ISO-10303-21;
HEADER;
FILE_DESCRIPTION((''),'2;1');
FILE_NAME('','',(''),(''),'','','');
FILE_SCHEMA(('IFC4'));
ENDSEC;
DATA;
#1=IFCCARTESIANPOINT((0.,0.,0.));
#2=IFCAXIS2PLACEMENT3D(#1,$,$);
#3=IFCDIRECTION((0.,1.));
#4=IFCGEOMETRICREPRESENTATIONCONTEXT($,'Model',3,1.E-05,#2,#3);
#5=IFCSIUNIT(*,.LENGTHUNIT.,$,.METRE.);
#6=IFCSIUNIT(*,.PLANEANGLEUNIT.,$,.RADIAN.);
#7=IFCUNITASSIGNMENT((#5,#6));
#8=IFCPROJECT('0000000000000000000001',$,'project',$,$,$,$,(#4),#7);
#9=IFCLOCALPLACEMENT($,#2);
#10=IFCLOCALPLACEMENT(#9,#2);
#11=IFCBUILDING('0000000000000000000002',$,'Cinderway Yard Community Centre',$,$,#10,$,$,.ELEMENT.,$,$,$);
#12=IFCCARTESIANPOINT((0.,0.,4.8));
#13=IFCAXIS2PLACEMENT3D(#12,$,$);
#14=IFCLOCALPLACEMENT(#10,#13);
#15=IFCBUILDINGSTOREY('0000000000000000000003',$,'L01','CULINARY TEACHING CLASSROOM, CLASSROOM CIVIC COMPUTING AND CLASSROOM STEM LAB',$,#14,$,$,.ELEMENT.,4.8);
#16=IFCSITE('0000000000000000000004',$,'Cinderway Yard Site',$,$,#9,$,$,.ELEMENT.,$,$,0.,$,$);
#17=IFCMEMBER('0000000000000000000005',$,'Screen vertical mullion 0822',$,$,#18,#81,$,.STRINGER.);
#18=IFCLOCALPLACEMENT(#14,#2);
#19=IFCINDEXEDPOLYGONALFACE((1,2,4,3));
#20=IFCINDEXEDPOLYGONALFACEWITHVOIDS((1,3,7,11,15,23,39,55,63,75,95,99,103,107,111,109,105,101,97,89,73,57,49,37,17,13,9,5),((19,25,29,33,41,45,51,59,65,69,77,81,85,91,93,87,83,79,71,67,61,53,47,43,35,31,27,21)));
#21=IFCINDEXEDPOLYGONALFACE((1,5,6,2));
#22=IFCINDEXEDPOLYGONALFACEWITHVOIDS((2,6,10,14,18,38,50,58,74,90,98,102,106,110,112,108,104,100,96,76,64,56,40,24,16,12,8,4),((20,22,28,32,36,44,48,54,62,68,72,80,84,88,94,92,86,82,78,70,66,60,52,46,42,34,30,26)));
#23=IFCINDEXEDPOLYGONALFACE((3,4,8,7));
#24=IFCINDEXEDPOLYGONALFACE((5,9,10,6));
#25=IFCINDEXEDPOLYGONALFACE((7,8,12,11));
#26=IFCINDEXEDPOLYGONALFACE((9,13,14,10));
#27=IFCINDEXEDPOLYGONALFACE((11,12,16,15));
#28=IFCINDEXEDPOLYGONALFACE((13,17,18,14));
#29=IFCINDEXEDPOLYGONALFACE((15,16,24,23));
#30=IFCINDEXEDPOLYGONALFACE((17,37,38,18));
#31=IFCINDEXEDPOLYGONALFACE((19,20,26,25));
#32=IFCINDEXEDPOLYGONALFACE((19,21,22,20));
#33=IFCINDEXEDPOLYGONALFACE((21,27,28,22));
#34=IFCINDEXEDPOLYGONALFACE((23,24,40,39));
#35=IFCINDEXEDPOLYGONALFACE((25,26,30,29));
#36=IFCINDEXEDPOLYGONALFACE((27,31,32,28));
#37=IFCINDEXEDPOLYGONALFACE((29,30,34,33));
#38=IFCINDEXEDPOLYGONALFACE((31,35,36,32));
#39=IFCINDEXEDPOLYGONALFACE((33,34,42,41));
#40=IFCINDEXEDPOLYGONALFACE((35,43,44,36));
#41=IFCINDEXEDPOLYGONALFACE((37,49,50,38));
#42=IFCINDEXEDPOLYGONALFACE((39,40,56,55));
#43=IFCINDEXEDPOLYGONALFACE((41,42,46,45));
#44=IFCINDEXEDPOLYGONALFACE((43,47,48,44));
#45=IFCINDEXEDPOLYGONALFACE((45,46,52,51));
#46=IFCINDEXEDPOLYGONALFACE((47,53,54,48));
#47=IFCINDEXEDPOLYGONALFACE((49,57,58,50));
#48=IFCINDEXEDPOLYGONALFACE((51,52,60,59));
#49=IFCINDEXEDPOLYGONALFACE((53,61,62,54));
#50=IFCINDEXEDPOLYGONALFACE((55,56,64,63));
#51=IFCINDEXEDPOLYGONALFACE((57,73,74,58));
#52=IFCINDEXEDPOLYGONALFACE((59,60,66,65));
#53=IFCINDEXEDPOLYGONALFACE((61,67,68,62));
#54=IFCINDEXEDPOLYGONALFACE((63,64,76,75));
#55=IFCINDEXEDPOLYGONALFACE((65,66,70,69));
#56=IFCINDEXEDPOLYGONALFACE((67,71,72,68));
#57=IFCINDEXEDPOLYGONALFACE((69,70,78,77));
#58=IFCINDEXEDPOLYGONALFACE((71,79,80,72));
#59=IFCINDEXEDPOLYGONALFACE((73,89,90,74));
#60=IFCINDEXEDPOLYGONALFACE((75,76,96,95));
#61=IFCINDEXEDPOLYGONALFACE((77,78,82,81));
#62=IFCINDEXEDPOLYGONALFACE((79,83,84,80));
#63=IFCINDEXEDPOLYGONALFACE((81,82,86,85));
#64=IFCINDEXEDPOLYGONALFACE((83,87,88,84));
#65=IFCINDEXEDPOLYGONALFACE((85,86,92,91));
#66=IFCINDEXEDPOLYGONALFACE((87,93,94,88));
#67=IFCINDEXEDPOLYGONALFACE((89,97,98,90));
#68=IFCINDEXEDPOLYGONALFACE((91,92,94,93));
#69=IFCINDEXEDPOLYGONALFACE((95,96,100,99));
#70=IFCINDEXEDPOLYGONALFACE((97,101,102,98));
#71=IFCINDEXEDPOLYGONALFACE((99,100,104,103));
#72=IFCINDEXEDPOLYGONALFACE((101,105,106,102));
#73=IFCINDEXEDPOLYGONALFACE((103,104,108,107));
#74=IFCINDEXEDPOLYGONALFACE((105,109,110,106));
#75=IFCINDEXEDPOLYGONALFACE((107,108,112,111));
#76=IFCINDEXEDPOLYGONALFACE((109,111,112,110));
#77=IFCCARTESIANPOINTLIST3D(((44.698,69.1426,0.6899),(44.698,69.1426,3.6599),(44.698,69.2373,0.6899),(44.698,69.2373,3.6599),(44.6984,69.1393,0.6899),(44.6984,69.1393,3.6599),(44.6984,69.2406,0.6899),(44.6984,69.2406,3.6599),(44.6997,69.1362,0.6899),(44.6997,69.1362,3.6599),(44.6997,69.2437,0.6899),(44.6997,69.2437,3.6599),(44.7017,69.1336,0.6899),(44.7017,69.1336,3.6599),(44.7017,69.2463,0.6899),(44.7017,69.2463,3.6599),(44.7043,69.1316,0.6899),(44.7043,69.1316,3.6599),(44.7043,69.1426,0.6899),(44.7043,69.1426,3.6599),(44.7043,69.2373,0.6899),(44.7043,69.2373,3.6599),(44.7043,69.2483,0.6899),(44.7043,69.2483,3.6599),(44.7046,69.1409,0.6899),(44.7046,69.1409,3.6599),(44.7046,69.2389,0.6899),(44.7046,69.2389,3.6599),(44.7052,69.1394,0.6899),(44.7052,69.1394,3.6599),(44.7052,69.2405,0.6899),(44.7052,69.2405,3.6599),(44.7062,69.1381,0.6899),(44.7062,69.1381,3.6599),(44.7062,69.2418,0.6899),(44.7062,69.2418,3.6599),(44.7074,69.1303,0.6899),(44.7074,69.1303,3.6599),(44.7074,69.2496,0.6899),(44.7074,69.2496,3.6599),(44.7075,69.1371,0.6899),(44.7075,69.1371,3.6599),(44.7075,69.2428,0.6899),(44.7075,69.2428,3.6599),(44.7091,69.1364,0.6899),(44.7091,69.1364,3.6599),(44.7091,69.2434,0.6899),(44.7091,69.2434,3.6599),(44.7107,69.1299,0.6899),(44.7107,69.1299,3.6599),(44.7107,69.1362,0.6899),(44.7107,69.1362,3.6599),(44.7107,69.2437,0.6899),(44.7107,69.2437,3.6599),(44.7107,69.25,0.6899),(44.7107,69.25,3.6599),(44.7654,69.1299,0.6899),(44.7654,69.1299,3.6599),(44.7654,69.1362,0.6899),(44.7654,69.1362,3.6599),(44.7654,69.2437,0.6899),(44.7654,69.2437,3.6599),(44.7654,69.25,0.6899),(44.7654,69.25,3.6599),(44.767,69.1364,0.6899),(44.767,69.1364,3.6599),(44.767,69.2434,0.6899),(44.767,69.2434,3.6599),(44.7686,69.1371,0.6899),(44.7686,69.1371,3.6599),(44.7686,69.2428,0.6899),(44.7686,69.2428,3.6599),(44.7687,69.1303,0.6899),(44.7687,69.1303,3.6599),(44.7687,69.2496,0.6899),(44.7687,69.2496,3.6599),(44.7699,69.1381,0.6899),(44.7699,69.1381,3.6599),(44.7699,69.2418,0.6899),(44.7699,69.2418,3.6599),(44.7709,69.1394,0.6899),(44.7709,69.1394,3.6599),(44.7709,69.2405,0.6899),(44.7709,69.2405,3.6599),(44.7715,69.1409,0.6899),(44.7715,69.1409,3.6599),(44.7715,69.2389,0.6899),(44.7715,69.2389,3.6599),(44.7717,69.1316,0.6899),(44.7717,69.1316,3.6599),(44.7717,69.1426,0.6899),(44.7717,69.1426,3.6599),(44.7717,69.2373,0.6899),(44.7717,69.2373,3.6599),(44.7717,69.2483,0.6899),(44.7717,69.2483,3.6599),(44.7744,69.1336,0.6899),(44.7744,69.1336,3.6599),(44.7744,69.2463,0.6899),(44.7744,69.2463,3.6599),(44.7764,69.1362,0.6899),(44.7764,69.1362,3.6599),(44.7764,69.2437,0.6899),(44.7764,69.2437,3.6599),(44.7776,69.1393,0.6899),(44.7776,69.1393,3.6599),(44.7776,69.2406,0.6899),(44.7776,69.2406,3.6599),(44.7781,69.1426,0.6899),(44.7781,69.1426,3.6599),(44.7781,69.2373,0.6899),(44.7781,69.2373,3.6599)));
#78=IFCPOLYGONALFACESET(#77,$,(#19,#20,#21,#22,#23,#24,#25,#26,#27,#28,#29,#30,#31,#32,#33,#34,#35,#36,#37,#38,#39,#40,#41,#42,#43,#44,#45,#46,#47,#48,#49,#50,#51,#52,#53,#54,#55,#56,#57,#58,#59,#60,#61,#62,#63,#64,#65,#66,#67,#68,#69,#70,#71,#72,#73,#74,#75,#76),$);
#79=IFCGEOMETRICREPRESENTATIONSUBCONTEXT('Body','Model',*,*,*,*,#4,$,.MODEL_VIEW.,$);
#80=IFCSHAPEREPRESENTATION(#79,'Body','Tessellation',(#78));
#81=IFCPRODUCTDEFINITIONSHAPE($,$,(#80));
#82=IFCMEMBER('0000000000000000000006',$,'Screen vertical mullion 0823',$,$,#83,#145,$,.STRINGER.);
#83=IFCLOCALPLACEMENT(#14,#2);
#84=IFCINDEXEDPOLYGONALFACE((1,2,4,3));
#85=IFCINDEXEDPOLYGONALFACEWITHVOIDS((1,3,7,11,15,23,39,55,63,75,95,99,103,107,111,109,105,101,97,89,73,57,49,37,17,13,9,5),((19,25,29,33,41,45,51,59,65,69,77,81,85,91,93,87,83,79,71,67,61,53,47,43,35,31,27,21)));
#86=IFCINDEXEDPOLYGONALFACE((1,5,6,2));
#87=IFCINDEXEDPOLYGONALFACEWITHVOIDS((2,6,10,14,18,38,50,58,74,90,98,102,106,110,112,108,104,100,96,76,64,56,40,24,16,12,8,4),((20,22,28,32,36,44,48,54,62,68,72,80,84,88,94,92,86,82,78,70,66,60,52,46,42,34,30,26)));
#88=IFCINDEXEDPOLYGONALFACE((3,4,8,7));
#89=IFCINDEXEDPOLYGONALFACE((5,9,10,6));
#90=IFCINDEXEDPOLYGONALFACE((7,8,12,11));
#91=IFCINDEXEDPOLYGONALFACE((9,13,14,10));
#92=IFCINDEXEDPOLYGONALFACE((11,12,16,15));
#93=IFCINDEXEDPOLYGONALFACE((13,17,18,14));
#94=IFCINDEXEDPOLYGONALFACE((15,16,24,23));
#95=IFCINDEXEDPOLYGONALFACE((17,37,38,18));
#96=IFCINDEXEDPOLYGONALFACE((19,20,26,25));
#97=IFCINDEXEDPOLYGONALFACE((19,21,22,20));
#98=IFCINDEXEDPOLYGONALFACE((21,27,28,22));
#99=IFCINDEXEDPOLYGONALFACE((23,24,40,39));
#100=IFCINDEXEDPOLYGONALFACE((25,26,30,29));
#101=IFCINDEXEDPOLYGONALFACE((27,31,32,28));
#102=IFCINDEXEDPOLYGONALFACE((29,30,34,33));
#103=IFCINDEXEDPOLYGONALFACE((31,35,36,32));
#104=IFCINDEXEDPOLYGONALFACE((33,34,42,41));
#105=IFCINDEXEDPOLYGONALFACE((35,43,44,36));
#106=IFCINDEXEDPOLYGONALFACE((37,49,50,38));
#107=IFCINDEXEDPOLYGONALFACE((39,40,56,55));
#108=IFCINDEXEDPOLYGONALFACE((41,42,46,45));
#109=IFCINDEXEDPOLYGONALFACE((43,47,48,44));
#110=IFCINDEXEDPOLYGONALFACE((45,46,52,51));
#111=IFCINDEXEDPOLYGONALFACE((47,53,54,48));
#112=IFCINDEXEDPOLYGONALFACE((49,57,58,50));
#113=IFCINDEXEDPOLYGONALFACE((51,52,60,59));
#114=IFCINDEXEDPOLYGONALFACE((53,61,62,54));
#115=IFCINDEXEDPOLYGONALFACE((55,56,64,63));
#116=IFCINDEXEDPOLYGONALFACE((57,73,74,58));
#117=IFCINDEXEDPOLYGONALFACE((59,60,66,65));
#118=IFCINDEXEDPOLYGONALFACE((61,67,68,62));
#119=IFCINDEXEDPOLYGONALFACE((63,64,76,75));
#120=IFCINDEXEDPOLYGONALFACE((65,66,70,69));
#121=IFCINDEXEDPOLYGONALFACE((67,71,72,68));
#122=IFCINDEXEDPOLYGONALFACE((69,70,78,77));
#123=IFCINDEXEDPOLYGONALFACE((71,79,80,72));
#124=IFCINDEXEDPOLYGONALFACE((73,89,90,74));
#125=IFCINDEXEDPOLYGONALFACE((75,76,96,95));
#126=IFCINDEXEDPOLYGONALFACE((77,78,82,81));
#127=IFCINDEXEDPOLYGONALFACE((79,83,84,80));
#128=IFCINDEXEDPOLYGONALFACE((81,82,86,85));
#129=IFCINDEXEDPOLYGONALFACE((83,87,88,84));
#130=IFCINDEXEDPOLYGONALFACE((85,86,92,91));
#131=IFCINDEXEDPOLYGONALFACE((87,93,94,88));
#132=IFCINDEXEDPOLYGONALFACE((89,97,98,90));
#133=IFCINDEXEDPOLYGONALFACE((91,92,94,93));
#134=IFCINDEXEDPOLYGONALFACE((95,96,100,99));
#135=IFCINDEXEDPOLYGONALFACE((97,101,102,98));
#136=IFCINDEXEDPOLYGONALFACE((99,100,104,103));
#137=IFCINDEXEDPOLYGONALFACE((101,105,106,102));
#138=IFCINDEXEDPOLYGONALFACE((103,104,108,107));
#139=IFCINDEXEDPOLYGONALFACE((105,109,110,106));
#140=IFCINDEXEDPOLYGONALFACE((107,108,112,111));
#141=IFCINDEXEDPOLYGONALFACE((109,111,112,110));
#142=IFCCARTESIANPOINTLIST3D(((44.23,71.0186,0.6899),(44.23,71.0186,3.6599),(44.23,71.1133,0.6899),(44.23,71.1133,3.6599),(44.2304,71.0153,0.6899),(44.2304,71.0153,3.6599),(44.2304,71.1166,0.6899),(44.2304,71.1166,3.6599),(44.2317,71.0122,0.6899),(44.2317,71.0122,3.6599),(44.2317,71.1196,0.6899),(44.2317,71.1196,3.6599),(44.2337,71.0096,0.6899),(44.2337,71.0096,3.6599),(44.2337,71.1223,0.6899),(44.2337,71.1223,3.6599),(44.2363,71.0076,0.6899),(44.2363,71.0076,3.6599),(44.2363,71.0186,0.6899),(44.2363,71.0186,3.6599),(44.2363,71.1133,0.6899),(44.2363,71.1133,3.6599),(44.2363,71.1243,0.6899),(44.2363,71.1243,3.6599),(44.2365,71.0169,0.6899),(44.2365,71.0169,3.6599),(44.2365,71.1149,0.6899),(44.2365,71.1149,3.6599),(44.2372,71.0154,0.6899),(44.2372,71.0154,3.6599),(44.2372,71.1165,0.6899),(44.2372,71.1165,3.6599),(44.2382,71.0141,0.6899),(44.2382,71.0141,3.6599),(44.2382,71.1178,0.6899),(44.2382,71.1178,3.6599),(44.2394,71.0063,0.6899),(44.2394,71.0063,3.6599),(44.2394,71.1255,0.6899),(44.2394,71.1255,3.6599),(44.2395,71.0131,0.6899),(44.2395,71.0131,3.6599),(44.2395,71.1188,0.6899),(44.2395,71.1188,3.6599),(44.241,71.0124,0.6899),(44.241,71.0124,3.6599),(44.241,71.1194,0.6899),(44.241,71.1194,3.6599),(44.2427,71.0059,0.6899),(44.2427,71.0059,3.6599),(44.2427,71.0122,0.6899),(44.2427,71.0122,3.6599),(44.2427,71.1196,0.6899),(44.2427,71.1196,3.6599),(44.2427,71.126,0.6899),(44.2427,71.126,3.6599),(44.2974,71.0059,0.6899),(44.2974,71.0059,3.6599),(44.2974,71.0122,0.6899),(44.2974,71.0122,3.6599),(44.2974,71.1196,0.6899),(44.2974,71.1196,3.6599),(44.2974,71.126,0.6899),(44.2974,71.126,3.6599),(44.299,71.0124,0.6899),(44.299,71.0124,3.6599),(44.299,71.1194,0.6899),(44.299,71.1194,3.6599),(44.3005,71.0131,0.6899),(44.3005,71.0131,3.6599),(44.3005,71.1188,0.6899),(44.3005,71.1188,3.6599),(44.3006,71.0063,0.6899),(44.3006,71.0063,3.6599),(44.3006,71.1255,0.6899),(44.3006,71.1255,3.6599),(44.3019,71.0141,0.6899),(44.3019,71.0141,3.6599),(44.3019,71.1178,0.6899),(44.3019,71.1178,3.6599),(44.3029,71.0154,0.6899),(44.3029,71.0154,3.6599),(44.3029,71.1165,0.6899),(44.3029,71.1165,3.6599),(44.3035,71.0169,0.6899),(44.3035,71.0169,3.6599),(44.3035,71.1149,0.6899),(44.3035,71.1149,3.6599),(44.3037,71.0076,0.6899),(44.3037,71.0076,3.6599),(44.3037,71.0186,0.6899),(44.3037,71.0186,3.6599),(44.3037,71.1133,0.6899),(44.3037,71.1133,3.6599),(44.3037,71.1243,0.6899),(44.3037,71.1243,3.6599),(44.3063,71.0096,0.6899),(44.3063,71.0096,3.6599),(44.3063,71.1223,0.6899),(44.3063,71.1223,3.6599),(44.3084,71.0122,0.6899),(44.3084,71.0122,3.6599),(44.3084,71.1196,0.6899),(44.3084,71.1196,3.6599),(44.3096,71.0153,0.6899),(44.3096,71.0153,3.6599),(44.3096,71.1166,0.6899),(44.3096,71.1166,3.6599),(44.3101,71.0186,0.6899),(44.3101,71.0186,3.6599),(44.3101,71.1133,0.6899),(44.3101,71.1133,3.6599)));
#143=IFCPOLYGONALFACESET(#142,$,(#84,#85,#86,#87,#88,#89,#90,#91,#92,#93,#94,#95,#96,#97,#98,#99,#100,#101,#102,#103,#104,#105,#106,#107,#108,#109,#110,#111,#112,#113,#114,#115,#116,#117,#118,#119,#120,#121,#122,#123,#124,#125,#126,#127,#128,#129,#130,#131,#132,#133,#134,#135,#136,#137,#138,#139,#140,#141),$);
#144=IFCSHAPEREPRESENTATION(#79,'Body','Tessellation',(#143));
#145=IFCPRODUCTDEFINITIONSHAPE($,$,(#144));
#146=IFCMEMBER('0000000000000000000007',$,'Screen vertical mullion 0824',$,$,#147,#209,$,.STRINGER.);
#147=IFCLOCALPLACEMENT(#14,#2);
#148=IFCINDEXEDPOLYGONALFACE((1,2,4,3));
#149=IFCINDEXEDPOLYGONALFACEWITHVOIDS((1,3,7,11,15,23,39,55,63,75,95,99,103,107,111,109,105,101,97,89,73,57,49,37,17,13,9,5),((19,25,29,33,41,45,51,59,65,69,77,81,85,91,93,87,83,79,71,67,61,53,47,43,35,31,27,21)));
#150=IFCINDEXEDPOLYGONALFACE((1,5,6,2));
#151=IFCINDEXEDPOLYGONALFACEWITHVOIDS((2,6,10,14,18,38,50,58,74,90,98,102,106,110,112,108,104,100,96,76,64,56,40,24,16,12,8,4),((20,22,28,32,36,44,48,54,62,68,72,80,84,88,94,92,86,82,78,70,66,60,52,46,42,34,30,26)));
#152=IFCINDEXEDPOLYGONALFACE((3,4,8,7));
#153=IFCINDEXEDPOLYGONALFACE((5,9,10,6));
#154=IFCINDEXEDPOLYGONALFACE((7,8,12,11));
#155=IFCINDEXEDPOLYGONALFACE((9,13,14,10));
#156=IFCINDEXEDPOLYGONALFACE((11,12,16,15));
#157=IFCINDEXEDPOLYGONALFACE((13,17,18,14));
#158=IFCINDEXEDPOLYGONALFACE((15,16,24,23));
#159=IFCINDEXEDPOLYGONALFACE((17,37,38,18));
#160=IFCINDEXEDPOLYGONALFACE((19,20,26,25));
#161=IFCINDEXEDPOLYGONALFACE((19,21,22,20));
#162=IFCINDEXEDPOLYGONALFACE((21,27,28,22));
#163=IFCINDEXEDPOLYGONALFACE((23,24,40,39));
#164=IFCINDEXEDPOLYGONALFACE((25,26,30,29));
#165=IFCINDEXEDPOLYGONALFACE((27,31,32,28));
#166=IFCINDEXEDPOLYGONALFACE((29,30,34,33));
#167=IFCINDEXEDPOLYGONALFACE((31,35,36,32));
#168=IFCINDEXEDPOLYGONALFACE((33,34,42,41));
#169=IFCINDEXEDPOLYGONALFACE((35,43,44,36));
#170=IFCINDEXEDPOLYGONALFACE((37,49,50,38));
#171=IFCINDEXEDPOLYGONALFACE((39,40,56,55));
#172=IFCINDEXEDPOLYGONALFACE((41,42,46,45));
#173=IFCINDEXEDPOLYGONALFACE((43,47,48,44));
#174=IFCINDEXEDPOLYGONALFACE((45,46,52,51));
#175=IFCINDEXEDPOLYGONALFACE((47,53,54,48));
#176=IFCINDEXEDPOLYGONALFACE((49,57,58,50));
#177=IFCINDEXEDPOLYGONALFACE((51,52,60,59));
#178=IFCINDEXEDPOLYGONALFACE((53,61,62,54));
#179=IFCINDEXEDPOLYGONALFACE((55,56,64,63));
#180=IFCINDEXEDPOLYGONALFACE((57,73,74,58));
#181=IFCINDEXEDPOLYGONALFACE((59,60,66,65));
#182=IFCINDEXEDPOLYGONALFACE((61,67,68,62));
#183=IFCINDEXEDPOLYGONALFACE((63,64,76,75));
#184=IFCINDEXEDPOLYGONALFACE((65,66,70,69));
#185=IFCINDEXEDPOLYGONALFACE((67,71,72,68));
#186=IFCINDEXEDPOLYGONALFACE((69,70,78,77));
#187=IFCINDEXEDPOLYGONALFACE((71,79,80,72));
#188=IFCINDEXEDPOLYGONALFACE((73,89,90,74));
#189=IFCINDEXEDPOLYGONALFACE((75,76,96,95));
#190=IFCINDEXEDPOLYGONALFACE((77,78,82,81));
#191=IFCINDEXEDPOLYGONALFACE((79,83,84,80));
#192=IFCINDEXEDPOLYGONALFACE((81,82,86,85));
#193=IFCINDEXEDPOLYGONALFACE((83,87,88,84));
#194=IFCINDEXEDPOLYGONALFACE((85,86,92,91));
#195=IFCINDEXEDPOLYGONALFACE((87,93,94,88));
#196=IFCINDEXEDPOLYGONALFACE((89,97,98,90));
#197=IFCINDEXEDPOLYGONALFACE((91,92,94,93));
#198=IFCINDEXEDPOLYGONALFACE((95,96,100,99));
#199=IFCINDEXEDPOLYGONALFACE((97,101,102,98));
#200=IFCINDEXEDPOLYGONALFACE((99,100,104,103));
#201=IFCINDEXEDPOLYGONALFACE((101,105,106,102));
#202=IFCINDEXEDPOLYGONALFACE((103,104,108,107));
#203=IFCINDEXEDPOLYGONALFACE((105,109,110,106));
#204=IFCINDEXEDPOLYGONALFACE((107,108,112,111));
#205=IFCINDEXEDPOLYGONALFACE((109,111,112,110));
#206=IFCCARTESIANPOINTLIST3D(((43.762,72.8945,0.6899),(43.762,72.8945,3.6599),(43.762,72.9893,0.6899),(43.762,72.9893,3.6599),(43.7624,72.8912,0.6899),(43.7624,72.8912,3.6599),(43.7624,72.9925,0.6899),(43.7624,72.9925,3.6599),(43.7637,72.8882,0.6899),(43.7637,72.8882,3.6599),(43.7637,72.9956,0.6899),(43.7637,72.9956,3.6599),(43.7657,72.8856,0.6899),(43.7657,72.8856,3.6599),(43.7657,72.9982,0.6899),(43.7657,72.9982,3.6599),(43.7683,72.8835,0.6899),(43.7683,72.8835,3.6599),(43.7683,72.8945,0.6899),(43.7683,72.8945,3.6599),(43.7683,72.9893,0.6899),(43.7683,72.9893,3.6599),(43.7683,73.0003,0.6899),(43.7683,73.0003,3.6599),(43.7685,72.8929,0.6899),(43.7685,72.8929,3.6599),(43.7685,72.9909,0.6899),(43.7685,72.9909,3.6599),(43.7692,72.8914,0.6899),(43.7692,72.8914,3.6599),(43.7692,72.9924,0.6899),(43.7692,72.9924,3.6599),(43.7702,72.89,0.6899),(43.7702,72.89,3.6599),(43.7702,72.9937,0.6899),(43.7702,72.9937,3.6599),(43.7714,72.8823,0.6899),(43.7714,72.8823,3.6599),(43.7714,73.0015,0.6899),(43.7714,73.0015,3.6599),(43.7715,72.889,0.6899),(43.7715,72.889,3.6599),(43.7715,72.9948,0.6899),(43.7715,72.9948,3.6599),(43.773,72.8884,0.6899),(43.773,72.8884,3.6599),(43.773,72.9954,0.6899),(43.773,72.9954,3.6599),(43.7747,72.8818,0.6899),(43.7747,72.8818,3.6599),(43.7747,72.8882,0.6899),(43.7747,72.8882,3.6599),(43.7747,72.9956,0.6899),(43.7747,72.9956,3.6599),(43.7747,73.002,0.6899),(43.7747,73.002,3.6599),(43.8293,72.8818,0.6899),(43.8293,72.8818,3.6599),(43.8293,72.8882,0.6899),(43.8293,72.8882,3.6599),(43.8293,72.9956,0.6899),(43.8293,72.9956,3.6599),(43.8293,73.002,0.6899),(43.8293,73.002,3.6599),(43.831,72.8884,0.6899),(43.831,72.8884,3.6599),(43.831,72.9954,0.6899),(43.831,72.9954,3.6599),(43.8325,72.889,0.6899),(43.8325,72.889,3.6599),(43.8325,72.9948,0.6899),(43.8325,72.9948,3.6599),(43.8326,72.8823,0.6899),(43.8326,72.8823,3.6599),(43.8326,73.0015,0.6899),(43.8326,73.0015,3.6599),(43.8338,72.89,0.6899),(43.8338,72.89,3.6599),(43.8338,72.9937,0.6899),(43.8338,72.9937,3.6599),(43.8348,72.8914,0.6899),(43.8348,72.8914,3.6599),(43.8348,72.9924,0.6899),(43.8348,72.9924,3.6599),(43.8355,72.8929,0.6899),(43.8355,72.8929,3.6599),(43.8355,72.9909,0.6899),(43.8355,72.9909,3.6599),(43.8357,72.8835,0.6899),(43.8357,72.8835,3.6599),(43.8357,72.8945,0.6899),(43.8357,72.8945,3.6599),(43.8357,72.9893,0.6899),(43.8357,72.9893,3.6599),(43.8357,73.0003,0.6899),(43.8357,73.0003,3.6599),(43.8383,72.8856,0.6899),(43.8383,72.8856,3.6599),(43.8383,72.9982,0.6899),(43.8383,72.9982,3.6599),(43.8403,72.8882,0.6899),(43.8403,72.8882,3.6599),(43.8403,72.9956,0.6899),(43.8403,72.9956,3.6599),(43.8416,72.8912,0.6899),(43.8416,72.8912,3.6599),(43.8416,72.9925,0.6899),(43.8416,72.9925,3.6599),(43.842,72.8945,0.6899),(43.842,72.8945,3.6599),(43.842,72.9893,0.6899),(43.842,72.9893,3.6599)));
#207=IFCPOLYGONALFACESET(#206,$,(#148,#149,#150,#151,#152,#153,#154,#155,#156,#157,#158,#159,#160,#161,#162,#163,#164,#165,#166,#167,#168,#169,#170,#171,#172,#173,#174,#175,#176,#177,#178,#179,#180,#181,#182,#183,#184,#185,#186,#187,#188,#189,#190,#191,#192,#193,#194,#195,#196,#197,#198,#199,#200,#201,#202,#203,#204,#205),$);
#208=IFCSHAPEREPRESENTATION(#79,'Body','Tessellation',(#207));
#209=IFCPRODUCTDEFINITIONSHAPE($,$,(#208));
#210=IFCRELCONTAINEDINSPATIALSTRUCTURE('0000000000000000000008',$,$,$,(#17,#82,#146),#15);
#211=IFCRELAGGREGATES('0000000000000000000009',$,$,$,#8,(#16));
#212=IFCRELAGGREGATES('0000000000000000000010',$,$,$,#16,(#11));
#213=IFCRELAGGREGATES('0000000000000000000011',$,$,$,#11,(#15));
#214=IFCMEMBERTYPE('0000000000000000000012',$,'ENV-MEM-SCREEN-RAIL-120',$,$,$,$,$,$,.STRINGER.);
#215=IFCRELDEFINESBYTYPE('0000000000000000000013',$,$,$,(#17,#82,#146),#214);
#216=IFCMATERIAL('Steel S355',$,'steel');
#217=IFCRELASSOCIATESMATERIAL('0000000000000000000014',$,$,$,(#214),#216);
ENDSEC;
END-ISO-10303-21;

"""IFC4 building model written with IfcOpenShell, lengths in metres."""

from ifc_helpers import new_model, si_unit, direction, frame, origin, origin_2d, place, context, subcontext, project, spatial, hollow_rectangle, extrude, material, material_profile, profile_set, type_object, element, save


model = new_model("IFC4")

# Units and contexts
model_context = context("Model", 3, precision=1e-05, world=origin(), true_north=direction((0.0, 1.0)))
body_context = subcontext(model_context, "Body", "Model", "MODEL_VIEW")
ifc_project = project(units=[si_unit("LENGTHUNIT", "METRE"), si_unit("PLANEANGLEUNIT", "RADIAN")], contexts=[model_context])

# Site, building, storey
site_placement = place(None, origin())
site = spatial("IfcSite", under=ifc_project, at=site_placement, Name="Cinderway Yard Site", CompositionType="ELEMENT", RefElevation=0.0)
building_placement = place(site_placement, origin())
building = spatial("IfcBuilding", under=site, at=building_placement, Name="Cinderway Yard Community Centre", CompositionType="ELEMENT")
storey_placement = place(building_placement, frame((0.0, 0.0, 4.8)))
storey = spatial("IfcBuildingStorey", under=building, at=storey_placement, Name="L01", Description="CULINARY TEACHING CLASSROOM, CLASSROOM CIVIC COMPUTING AND CLASSROOM STEM LAB", CompositionType="ELEMENT", Elevation=4.8)

# Members
ifc_material_1 = material(Name="Steel S355", Category="steel")
ifc_material_profile_1 = material_profile(ifc_material_1, hollow_rectangle(XDim=0.0801, YDim=0.1201, WallThickness=0.0063, InnerFilletRadius=0.0063, OuterFilletRadius=0.0127, at=origin_2d()), Name="Steel S355")
ifc_profile_set_1 = profile_set([ifc_material_profile_1], Name="Steel S355")
member_type_1 = type_object("IfcMemberType", Name="ENV-MEM-SCREEN-RAIL-120", PredefinedType="STRINGER", material=ifc_profile_set_1)
for number, where, z_axis, x_axis, name in (
    (1, (44.738, 69.1899, 0.6899), (0.0, 0.0, 1.0), (1.0, 0.0, 0.0), "Screen vertical mullion 0822"),
    (2, (44.27, 71.0659, 0.6899), (0.0, 0.0, 1.0), (1.0, 0.0, 0.0), "Screen vertical mullion 0823"),
    (3, (43.802, 72.9419, 0.6899), (0.0, 0.0, 1.0), (1.0, 0.0, 0.0), "Screen vertical mullion 0824"),
):
    element("IfcMember", number, at=place(storey_placement, frame(where, z_axis=z_axis, x_axis=x_axis)), inside=storey, type_object=member_type_1, Name=name, PredefinedType="STRINGER", context=body_context, shape_type="SweptSolid", body=[
        extrude(hollow_rectangle(XDim=0.0801, YDim=0.1201, WallThickness=0.0063, InnerFilletRadius=0.0063, OuterFilletRadius=0.0127, at=origin_2d()), origin(), (0.0, 0.0, 1.0), 2.97),
    ])

save(model, "model.ifc")
